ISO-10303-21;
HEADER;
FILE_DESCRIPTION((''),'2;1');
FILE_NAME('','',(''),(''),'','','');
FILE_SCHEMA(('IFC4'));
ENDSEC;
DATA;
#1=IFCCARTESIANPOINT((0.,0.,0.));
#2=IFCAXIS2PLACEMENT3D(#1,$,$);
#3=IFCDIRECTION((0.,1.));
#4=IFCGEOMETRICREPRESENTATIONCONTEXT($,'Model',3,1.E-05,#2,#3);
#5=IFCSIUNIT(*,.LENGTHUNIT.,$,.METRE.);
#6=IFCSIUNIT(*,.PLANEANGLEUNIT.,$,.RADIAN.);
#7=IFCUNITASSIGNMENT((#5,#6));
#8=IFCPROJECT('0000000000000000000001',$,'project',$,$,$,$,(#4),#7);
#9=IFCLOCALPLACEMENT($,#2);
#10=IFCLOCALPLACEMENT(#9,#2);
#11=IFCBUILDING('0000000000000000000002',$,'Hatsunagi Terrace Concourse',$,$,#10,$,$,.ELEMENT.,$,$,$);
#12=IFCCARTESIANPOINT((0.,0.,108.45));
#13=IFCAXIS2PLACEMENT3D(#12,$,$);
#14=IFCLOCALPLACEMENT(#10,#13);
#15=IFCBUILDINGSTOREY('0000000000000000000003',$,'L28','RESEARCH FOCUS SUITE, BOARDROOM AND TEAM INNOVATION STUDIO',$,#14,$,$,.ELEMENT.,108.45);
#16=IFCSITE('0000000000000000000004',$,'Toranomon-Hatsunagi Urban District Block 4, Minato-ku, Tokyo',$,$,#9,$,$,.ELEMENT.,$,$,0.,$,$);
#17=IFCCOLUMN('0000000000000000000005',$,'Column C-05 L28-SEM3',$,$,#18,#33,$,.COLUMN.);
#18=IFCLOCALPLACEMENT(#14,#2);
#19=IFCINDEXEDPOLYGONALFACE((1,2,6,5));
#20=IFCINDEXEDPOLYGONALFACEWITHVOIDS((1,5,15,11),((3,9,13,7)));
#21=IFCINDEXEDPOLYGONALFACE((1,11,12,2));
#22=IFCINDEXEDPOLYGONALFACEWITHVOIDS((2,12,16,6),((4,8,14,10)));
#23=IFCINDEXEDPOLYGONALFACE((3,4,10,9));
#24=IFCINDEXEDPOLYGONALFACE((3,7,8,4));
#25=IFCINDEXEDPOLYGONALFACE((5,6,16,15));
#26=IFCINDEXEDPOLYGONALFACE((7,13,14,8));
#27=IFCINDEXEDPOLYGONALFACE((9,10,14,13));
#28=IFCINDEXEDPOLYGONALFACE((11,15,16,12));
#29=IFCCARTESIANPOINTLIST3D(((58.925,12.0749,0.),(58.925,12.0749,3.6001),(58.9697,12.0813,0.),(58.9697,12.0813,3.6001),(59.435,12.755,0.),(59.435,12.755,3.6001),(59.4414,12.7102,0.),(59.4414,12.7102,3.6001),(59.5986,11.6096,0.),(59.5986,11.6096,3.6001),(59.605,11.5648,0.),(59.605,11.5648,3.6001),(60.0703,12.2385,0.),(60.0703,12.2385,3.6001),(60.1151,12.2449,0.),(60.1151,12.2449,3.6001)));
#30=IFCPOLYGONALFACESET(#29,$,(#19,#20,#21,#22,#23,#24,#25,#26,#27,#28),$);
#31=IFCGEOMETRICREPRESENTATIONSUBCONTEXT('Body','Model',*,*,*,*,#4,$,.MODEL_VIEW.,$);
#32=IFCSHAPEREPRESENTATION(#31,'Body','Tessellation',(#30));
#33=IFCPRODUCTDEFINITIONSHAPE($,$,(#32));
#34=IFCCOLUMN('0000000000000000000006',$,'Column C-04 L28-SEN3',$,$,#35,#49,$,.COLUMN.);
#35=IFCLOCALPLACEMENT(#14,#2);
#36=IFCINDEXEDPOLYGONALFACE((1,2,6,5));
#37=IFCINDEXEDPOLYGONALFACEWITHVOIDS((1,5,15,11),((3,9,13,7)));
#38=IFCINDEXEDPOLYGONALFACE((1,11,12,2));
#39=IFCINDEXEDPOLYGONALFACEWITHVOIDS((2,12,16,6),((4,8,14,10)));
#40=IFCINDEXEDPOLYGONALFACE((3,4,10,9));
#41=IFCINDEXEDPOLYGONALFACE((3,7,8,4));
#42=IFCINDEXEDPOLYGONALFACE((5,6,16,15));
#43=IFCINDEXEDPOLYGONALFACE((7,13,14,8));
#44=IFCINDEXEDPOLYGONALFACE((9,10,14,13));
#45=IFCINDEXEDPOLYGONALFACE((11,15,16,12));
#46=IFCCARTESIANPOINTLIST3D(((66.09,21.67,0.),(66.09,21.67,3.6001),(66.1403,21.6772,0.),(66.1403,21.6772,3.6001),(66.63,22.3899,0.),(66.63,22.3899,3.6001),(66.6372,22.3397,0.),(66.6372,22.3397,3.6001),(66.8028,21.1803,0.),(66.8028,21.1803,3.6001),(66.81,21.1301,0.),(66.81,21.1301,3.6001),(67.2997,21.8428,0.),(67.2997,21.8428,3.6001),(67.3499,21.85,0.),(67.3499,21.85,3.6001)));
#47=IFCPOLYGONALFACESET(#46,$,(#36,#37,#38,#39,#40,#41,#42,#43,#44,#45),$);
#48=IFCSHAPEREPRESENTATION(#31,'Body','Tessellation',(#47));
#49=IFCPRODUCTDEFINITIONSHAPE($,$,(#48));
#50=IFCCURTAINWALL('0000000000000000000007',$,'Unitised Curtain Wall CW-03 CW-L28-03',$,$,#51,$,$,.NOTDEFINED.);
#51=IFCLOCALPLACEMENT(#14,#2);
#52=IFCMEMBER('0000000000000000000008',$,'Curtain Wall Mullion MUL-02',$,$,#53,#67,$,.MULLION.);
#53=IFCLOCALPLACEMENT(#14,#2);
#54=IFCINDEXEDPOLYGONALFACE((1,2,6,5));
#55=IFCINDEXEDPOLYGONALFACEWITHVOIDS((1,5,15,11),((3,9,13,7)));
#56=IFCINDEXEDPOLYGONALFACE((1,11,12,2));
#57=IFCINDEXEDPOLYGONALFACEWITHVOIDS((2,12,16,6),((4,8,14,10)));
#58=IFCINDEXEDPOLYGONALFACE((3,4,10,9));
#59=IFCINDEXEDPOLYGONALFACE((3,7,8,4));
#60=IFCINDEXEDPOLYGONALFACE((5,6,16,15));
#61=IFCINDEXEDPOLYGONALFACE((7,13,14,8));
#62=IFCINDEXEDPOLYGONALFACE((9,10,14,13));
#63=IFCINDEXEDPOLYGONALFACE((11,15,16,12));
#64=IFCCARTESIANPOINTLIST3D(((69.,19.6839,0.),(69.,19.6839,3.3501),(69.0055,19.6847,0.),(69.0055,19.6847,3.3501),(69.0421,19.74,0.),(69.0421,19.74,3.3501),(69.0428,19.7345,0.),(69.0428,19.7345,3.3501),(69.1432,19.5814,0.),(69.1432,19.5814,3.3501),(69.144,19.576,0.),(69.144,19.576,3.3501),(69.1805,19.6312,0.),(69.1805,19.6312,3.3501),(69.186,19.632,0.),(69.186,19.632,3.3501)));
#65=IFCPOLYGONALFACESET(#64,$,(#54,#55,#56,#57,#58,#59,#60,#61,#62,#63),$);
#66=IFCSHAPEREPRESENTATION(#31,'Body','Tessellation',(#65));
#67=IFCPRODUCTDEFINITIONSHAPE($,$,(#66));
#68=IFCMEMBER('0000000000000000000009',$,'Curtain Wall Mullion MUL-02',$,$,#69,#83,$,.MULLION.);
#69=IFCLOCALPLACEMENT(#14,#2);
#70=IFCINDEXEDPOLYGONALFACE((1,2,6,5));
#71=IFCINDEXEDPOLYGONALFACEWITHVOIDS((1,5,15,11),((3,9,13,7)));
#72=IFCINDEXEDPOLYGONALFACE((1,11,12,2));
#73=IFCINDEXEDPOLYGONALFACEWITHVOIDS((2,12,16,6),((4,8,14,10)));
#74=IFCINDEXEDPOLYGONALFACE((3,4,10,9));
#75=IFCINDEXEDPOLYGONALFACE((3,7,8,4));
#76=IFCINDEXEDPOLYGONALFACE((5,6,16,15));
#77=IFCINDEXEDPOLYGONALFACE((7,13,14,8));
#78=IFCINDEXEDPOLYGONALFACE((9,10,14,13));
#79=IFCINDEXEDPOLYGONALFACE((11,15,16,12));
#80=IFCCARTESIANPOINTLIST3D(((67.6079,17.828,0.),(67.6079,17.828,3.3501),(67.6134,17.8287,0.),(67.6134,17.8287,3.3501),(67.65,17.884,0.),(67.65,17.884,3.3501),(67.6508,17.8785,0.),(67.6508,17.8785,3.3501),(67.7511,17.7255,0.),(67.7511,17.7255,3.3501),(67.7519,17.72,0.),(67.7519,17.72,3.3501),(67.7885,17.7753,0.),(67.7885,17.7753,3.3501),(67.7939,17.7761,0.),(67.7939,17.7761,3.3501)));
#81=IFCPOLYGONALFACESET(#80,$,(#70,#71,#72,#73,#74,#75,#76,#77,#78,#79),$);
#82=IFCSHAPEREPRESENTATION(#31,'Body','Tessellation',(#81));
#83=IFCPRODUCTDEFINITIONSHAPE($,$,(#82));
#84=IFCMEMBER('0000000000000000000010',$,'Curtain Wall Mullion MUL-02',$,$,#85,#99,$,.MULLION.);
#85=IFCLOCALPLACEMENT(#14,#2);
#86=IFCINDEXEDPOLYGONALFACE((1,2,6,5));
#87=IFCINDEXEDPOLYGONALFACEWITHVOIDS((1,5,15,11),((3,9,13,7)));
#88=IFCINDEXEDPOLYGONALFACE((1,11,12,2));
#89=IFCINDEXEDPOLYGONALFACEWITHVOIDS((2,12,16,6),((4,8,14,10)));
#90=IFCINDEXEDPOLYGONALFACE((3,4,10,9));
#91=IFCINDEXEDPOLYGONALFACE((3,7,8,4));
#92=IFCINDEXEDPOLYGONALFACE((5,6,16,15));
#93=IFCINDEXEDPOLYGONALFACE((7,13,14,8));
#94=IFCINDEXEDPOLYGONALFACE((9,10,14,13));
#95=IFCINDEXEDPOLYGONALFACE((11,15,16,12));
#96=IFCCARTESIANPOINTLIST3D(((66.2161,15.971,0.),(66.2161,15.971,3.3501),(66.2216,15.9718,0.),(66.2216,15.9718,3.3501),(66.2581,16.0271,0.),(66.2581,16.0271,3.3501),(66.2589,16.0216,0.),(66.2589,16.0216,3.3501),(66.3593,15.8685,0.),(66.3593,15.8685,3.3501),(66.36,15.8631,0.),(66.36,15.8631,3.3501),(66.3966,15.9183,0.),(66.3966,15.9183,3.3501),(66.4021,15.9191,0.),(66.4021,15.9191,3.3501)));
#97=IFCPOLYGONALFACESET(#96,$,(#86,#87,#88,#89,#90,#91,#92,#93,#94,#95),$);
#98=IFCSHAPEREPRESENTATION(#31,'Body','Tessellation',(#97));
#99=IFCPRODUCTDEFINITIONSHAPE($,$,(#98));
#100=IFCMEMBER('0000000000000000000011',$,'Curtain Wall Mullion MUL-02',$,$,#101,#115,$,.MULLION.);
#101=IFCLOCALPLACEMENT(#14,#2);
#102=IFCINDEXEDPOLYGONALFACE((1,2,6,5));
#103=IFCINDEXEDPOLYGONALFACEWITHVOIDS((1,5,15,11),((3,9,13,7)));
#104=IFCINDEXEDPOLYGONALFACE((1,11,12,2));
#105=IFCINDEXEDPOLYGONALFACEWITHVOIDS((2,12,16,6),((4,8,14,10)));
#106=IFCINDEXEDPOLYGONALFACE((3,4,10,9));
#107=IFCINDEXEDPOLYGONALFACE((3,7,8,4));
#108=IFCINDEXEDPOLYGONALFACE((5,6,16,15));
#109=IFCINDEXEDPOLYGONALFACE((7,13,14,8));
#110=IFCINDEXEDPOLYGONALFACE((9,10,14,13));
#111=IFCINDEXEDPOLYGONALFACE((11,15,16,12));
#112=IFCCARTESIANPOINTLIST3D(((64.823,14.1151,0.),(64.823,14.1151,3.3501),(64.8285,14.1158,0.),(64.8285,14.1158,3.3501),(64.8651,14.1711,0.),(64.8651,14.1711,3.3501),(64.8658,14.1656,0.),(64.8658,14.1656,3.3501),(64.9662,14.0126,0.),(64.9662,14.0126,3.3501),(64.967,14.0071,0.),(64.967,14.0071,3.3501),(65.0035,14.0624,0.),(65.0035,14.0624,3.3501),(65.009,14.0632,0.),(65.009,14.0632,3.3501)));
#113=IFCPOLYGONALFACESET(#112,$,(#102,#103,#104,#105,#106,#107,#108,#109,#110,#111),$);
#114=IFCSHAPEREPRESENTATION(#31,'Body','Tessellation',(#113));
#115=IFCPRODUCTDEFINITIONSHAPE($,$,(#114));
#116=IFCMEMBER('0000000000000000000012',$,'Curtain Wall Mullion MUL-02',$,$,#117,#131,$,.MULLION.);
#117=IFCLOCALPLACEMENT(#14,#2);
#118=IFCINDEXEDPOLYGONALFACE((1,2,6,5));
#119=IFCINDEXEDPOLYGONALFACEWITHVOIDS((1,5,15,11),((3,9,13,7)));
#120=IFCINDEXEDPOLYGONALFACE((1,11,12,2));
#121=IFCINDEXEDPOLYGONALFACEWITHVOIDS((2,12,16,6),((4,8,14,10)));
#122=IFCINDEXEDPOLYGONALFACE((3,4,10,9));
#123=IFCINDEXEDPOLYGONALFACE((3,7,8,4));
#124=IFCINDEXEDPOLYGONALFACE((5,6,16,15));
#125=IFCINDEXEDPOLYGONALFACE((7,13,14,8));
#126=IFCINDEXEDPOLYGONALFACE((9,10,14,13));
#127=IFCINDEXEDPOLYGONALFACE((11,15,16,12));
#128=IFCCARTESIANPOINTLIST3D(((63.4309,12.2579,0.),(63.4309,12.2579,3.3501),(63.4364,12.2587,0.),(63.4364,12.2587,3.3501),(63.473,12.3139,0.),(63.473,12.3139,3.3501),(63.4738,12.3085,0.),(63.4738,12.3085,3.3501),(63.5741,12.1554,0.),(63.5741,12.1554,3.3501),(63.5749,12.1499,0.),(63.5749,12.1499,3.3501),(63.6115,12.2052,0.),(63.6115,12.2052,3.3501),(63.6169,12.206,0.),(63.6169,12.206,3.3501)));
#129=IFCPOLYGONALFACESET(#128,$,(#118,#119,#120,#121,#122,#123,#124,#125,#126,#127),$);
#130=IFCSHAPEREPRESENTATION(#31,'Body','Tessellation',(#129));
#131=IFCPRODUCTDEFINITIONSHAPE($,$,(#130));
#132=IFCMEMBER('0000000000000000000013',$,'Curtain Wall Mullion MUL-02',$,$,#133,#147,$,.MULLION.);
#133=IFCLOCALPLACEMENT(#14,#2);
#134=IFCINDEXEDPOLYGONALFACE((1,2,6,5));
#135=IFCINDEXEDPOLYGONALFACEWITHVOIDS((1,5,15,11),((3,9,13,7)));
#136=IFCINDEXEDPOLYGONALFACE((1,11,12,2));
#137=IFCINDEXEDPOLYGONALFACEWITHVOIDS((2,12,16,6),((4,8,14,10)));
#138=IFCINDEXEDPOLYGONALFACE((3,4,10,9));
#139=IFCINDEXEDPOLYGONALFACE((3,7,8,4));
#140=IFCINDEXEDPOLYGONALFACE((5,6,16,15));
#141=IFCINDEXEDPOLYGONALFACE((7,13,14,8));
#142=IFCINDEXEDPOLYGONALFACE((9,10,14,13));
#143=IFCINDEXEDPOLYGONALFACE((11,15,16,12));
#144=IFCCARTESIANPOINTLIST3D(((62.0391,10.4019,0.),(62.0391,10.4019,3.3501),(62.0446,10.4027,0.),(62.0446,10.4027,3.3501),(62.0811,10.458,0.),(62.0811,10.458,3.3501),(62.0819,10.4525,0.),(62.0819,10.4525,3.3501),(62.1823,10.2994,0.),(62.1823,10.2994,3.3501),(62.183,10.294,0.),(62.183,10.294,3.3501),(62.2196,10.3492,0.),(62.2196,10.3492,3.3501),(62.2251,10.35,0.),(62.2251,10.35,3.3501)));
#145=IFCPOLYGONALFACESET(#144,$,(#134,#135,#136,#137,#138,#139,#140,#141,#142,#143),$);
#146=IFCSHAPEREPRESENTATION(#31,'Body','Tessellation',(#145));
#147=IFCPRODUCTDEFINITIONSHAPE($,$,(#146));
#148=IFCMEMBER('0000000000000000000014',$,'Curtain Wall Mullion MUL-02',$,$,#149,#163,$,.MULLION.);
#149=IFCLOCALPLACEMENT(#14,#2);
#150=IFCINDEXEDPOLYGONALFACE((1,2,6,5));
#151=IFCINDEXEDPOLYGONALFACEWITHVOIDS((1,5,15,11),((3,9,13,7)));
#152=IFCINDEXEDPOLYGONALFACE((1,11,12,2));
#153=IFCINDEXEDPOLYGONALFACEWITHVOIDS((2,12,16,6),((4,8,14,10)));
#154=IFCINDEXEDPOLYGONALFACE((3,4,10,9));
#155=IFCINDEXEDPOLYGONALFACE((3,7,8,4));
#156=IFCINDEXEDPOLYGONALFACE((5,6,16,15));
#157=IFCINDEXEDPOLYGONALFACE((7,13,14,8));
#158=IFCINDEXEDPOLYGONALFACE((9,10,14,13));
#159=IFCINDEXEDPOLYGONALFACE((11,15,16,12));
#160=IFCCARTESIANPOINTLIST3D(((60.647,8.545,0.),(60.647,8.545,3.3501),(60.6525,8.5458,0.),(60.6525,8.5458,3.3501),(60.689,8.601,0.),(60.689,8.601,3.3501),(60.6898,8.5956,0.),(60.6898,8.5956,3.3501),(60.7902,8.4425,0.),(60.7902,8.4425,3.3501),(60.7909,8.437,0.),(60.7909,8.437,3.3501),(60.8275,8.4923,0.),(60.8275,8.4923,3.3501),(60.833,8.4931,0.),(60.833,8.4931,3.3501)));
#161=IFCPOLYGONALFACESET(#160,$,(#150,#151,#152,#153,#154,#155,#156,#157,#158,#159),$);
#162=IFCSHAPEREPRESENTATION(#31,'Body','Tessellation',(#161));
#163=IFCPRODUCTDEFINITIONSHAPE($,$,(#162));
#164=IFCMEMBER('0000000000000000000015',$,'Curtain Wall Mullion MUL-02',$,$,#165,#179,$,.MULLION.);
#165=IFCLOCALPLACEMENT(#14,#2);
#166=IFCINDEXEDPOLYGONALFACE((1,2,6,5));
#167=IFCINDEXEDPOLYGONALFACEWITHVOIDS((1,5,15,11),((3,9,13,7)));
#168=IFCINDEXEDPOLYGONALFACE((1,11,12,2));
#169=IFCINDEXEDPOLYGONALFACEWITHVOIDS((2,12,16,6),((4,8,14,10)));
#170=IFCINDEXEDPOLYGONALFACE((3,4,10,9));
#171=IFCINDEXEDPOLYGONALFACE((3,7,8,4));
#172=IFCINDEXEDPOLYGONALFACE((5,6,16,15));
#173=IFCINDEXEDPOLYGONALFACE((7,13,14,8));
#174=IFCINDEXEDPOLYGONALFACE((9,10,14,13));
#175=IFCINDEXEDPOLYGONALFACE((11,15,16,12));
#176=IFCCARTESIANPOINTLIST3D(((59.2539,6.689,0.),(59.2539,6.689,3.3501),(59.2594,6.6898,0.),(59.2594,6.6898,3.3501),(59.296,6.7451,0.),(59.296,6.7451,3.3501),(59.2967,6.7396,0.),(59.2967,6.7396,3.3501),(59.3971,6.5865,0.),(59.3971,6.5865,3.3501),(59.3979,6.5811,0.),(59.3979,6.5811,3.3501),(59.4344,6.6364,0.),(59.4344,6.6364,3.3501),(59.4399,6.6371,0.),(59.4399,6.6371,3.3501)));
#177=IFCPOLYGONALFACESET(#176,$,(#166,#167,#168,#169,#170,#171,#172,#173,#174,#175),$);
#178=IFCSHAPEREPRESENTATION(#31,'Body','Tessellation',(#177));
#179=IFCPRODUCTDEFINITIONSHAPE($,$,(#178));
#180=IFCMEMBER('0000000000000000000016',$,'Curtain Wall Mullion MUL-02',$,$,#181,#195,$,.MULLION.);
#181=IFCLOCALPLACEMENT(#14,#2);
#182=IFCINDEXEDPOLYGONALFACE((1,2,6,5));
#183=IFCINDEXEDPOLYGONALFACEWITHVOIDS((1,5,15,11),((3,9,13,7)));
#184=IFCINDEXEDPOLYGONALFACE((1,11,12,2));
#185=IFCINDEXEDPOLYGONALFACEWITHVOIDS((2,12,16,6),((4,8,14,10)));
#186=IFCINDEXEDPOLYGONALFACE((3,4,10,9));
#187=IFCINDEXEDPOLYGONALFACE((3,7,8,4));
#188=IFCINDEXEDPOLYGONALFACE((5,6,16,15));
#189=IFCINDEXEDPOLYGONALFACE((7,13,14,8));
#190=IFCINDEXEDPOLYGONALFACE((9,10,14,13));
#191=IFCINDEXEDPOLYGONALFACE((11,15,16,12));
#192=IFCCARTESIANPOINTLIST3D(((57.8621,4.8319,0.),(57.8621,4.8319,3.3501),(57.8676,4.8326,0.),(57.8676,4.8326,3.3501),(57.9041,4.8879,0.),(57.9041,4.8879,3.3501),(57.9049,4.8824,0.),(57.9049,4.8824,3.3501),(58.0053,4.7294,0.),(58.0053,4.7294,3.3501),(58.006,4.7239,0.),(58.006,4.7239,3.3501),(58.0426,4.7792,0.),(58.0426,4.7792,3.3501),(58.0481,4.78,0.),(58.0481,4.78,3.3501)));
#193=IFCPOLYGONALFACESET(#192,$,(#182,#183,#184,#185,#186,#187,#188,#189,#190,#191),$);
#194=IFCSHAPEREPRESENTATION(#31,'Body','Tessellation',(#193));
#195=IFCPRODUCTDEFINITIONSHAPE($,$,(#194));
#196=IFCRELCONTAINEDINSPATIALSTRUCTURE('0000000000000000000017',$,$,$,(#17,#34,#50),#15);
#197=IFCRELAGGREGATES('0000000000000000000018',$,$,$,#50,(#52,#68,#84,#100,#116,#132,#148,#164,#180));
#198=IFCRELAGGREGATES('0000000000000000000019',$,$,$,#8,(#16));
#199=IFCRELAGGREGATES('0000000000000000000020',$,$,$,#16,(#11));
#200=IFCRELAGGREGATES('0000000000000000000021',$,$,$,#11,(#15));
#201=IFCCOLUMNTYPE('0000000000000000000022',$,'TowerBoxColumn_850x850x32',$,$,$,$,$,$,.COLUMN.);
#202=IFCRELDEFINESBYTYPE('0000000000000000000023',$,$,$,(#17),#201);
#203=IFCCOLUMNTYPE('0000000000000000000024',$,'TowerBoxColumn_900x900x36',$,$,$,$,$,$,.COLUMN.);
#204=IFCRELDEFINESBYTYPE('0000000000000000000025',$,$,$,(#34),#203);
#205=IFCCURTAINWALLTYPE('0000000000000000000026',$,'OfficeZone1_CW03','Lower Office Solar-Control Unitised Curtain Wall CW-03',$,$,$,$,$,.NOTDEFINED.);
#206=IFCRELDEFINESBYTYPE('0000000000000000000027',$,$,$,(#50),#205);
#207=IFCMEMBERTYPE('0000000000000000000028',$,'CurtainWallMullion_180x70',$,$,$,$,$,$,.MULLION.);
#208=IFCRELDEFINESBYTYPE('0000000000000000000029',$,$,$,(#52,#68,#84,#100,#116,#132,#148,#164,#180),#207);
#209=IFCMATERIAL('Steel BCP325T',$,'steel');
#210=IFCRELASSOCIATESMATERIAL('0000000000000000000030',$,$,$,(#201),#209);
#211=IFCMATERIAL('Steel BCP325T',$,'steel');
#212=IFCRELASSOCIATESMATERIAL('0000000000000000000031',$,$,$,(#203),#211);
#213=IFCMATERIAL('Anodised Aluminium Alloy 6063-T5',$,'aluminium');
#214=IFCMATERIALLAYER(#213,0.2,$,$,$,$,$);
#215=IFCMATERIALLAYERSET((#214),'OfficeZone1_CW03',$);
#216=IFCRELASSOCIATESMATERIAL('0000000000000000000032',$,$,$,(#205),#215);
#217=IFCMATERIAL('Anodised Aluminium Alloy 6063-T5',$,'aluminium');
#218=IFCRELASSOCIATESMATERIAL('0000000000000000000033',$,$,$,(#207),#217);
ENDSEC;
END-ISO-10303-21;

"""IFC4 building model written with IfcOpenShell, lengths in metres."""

from ifc_helpers import new_model, si_unit, direction, frame, origin, origin_2d, place, context, subcontext, project, spatial, hollow_rectangle, extrude, material, layer, layer_set, material_profile, profile_set, type_object, element, aggregate, save


model = new_model("IFC4")

# Units and contexts
model_context = context("Model", 3, precision=1e-05, world=origin(), true_north=direction((0.0, 1.0)))
body_context = subcontext(model_context, "Body", "Model", "MODEL_VIEW")
ifc_project = project(units=[si_unit("LENGTHUNIT", "METRE"), si_unit("PLANEANGLEUNIT", "RADIAN")], contexts=[model_context])

# Site, building, storey
site_placement = place(None, origin())
site = spatial("IfcSite", under=ifc_project, at=site_placement, Name="Toranomon-Hatsunagi Urban District Block 4, Minato-ku, Tokyo", CompositionType="ELEMENT", RefElevation=0.0)
building_placement = place(site_placement, origin())
building = spatial("IfcBuilding", under=site, at=building_placement, Name="Hatsunagi Terrace Concourse", CompositionType="ELEMENT")
storey_placement = place(building_placement, frame((0.0, 0.0, 108.45)))
storey = spatial("IfcBuildingStorey", under=building, at=storey_placement, Name="L28", Description="RESEARCH FOCUS SUITE, BOARDROOM AND TEAM INNOVATION STUDIO", CompositionType="ELEMENT", Elevation=108.45)

# Columns
ifc_material_1 = material(Name="Steel BCP325T", Category="steel")
ifc_material_profile_1 = material_profile(ifc_material_1, hollow_rectangle(XDim=0.8501, YDim=0.8501, WallThickness=0.032, at=origin_2d()), Name="BCP-850x850x32")
ifc_profile_set_1 = profile_set([ifc_material_profile_1], Name="Steel BCP325T")
column_type_1 = type_object("IfcColumnType", Name="TowerBoxColumn_850x850x32", PredefinedType="COLUMN", material=ifc_profile_set_1)
column_1_placement = place(storey_placement, frame((59.52, 12.1599, 0.0), z_axis=(0.0, 0.0, 1.0), x_axis=(0.8, -0.6, 0.0)))
element("IfcColumn", 1, at=column_1_placement, inside=storey, type_object=column_type_1, Name="Column C-05 L28-SEM3", PredefinedType="COLUMN", context=body_context, shape_type="SweptSolid", body=[
    extrude(hollow_rectangle(XDim=0.8501, YDim=0.8501, WallThickness=0.032, at=origin_2d()), origin(), (0.0, 0.0, 1.0), 3.6001),
])
ifc_material_2 = material(Name="Steel BCP325T", Category="steel")
ifc_material_profile_2 = material_profile(ifc_material_2, hollow_rectangle(XDim=0.8999, YDim=0.8999, WallThickness=0.0359, at=origin_2d()), Name="BCP-900x900x36")
ifc_profile_set_2 = profile_set([ifc_material_profile_2], Name="Steel BCP325T")
column_type_2 = type_object("IfcColumnType", Name="TowerBoxColumn_900x900x36", PredefinedType="COLUMN", material=ifc_profile_set_2)
column_2_placement = place(storey_placement, frame((66.72, 21.76, 0.0), z_axis=(0.0, 0.0, 1.0), x_axis=(0.8, -0.6, 0.0)))
element("IfcColumn", 2, at=column_2_placement, inside=storey, type_object=column_type_2, Name="Column C-04 L28-SEN3", PredefinedType="COLUMN", context=body_context, shape_type="SweptSolid", body=[
    extrude(hollow_rectangle(XDim=0.8999, YDim=0.8999, WallThickness=0.0359, at=origin_2d()), origin(), (0.0, 0.0, 1.0), 3.6001),
])

# Curtain wall, members
ifc_material_3 = material(Name="Anodised Aluminium Alloy 6063-T5", Category="aluminium")
ifc_layer_1 = layer(ifc_material_3, 0.2)
ifc_layer_set_1 = layer_set([ifc_layer_1], Name="OfficeZone1_CW03")
curtain_wall_type = type_object("IfcCurtainWallType", Name="OfficeZone1_CW03", Description="Lower Office Solar-Control Unitised Curtain Wall CW-03", PredefinedType="NOTDEFINED", material=ifc_layer_set_1)
curtain_wall_placement = place(storey_placement, origin())
curtain_wall = element("IfcCurtainWall", 3, at=curtain_wall_placement, inside=storey, type_object=curtain_wall_type, Name="Unitised Curtain Wall CW-03 CW-L28-03", PredefinedType="NOTDEFINED")
ifc_material_4 = material(Name="Anodised Aluminium Alloy 6063-T5", Category="aluminium")
ifc_material_profile_3 = material_profile(ifc_material_4, hollow_rectangle(XDim=0.0701, YDim=0.1799, WallThickness=0.0039, at=origin_2d()), Name="ALU-MUL-180x70x4")
ifc_profile_set_3 = profile_set([ifc_material_profile_3], Name="Anodised Aluminium Alloy 6063-T5")
member_type_1 = type_object("IfcMemberType", Name="CurtainWallMullion_180x70", PredefinedType="MULLION", material=ifc_profile_set_3)
member_1_placement = place(storey_placement, frame((69.093, 19.658, 0.0), z_axis=(0.0, 0.0, 1.0), x_axis=(-0.599969, -0.800023, 0.0)))
member_1 = element("IfcMember", 4, at=member_1_placement, type_object=member_type_1, Name="Curtain Wall Mullion MUL-02", PredefinedType="MULLION", context=body_context, shape_type="SweptSolid", body=[
    extrude(hollow_rectangle(XDim=0.0701, YDim=0.1799, WallThickness=0.0039, at=origin_2d()), origin(), (0.0, 0.0, 1.0), 3.3501),
])
member_2_placement = place(storey_placement, frame((67.7009, 17.802, 0.0), z_axis=(0.0, 0.0, 1.0), x_axis=(-0.599969, -0.800023, 0.0)))
member_2 = element("IfcMember", 5, at=member_2_placement, type_object=member_type_1, Name="Curtain Wall Mullion MUL-02", PredefinedType="MULLION", context=body_context, shape_type="SweptSolid", body=[
    extrude(hollow_rectangle(XDim=0.0701, YDim=0.1799, WallThickness=0.0039, at=origin_2d()), origin(), (0.0, 0.0, 1.0), 3.3501),
])
member_3_placement = place(storey_placement, frame((66.3091, 15.9451, 0.0), z_axis=(0.0, 0.0, 1.0), x_axis=(-0.599969, -0.800023, 0.0)))
member_3 = element("IfcMember", 6, at=member_3_placement, type_object=member_type_1, Name="Curtain Wall Mullion MUL-02", PredefinedType="MULLION", context=body_context, shape_type="SweptSolid", body=[
    extrude(hollow_rectangle(XDim=0.0701, YDim=0.1799, WallThickness=0.0039, at=origin_2d()), origin(), (0.0, 0.0, 1.0), 3.3501),
])
member_4_placement = place(storey_placement, frame((64.916, 14.0891, 0.0), z_axis=(0.0, 0.0, 1.0), x_axis=(-0.599969, -0.800023, 0.0)))
member_4 = element("IfcMember", 7, at=member_4_placement, type_object=member_type_1, Name="Curtain Wall Mullion MUL-02", PredefinedType="MULLION", context=body_context, shape_type="SweptSolid", body=[
    extrude(hollow_rectangle(XDim=0.0701, YDim=0.1799, WallThickness=0.0039, at=origin_2d()), origin(), (0.0, 0.0, 1.0), 3.3501),
])
member_5_placement = place(storey_placement, frame((63.5239, 12.2319, 0.0), z_axis=(0.0, 0.0, 1.0), x_axis=(-0.599969, -0.800023, 0.0)))
member_5 = element("IfcMember", 8, at=member_5_placement, type_object=member_type_1, Name="Curtain Wall Mullion MUL-02", PredefinedType="MULLION", context=body_context, shape_type="SweptSolid", body=[
    extrude(hollow_rectangle(XDim=0.0701, YDim=0.1799, WallThickness=0.0039, at=origin_2d()), origin(), (0.0, 0.0, 1.0), 3.3501),
])
member_6_placement = place(storey_placement, frame((62.1321, 10.376, 0.0), z_axis=(0.0, 0.0, 1.0), x_axis=(-0.599969, -0.800023, 0.0)))
member_6 = element("IfcMember", 9, at=member_6_placement, type_object=member_type_1, Name="Curtain Wall Mullion MUL-02", PredefinedType="MULLION", context=body_context, shape_type="SweptSolid", body=[
    extrude(hollow_rectangle(XDim=0.0701, YDim=0.1799, WallThickness=0.0039, at=origin_2d()), origin(), (0.0, 0.0, 1.0), 3.3501),
])
member_7_placement = place(storey_placement, frame((60.74, 8.519, 0.0), z_axis=(0.0, 0.0, 1.0), x_axis=(-0.599969, -0.800023, 0.0)))
member_7 = element("IfcMember", 10, at=member_7_placement, type_object=member_type_1, Name="Curtain Wall Mullion MUL-02", PredefinedType="MULLION", context=body_context, shape_type="SweptSolid", body=[
    extrude(hollow_rectangle(XDim=0.0701, YDim=0.1799, WallThickness=0.0039, at=origin_2d()), origin(), (0.0, 0.0, 1.0), 3.3501),
])
member_8_placement = place(storey_placement, frame((59.3469, 6.6631, 0.0), z_axis=(0.0, 0.0, 1.0), x_axis=(-0.599969, -0.800023, 0.0)))
member_8 = element("IfcMember", 11, at=member_8_placement, type_object=member_type_1, Name="Curtain Wall Mullion MUL-02", PredefinedType="MULLION", context=body_context, shape_type="SweptSolid", body=[
    extrude(hollow_rectangle(XDim=0.0701, YDim=0.1799, WallThickness=0.0039, at=origin_2d()), origin(), (0.0, 0.0, 1.0), 3.3501),
])
member_9_placement = place(storey_placement, frame((57.9551, 4.8059, 0.0), z_axis=(0.0, 0.0, 1.0), x_axis=(-0.599969, -0.800023, 0.0)))
member_9 = element("IfcMember", 12, at=member_9_placement, type_object=member_type_1, Name="Curtain Wall Mullion MUL-02", PredefinedType="MULLION", context=body_context, shape_type="SweptSolid", body=[
    extrude(hollow_rectangle(XDim=0.0701, YDim=0.1799, WallThickness=0.0039, at=origin_2d()), origin(), (0.0, 0.0, 1.0), 3.3501),
])

aggregate(curtain_wall, [member_1, member_2, member_3, member_4, member_5, member_6, member_7, member_8, member_9])

save(model, "model.ifc")
